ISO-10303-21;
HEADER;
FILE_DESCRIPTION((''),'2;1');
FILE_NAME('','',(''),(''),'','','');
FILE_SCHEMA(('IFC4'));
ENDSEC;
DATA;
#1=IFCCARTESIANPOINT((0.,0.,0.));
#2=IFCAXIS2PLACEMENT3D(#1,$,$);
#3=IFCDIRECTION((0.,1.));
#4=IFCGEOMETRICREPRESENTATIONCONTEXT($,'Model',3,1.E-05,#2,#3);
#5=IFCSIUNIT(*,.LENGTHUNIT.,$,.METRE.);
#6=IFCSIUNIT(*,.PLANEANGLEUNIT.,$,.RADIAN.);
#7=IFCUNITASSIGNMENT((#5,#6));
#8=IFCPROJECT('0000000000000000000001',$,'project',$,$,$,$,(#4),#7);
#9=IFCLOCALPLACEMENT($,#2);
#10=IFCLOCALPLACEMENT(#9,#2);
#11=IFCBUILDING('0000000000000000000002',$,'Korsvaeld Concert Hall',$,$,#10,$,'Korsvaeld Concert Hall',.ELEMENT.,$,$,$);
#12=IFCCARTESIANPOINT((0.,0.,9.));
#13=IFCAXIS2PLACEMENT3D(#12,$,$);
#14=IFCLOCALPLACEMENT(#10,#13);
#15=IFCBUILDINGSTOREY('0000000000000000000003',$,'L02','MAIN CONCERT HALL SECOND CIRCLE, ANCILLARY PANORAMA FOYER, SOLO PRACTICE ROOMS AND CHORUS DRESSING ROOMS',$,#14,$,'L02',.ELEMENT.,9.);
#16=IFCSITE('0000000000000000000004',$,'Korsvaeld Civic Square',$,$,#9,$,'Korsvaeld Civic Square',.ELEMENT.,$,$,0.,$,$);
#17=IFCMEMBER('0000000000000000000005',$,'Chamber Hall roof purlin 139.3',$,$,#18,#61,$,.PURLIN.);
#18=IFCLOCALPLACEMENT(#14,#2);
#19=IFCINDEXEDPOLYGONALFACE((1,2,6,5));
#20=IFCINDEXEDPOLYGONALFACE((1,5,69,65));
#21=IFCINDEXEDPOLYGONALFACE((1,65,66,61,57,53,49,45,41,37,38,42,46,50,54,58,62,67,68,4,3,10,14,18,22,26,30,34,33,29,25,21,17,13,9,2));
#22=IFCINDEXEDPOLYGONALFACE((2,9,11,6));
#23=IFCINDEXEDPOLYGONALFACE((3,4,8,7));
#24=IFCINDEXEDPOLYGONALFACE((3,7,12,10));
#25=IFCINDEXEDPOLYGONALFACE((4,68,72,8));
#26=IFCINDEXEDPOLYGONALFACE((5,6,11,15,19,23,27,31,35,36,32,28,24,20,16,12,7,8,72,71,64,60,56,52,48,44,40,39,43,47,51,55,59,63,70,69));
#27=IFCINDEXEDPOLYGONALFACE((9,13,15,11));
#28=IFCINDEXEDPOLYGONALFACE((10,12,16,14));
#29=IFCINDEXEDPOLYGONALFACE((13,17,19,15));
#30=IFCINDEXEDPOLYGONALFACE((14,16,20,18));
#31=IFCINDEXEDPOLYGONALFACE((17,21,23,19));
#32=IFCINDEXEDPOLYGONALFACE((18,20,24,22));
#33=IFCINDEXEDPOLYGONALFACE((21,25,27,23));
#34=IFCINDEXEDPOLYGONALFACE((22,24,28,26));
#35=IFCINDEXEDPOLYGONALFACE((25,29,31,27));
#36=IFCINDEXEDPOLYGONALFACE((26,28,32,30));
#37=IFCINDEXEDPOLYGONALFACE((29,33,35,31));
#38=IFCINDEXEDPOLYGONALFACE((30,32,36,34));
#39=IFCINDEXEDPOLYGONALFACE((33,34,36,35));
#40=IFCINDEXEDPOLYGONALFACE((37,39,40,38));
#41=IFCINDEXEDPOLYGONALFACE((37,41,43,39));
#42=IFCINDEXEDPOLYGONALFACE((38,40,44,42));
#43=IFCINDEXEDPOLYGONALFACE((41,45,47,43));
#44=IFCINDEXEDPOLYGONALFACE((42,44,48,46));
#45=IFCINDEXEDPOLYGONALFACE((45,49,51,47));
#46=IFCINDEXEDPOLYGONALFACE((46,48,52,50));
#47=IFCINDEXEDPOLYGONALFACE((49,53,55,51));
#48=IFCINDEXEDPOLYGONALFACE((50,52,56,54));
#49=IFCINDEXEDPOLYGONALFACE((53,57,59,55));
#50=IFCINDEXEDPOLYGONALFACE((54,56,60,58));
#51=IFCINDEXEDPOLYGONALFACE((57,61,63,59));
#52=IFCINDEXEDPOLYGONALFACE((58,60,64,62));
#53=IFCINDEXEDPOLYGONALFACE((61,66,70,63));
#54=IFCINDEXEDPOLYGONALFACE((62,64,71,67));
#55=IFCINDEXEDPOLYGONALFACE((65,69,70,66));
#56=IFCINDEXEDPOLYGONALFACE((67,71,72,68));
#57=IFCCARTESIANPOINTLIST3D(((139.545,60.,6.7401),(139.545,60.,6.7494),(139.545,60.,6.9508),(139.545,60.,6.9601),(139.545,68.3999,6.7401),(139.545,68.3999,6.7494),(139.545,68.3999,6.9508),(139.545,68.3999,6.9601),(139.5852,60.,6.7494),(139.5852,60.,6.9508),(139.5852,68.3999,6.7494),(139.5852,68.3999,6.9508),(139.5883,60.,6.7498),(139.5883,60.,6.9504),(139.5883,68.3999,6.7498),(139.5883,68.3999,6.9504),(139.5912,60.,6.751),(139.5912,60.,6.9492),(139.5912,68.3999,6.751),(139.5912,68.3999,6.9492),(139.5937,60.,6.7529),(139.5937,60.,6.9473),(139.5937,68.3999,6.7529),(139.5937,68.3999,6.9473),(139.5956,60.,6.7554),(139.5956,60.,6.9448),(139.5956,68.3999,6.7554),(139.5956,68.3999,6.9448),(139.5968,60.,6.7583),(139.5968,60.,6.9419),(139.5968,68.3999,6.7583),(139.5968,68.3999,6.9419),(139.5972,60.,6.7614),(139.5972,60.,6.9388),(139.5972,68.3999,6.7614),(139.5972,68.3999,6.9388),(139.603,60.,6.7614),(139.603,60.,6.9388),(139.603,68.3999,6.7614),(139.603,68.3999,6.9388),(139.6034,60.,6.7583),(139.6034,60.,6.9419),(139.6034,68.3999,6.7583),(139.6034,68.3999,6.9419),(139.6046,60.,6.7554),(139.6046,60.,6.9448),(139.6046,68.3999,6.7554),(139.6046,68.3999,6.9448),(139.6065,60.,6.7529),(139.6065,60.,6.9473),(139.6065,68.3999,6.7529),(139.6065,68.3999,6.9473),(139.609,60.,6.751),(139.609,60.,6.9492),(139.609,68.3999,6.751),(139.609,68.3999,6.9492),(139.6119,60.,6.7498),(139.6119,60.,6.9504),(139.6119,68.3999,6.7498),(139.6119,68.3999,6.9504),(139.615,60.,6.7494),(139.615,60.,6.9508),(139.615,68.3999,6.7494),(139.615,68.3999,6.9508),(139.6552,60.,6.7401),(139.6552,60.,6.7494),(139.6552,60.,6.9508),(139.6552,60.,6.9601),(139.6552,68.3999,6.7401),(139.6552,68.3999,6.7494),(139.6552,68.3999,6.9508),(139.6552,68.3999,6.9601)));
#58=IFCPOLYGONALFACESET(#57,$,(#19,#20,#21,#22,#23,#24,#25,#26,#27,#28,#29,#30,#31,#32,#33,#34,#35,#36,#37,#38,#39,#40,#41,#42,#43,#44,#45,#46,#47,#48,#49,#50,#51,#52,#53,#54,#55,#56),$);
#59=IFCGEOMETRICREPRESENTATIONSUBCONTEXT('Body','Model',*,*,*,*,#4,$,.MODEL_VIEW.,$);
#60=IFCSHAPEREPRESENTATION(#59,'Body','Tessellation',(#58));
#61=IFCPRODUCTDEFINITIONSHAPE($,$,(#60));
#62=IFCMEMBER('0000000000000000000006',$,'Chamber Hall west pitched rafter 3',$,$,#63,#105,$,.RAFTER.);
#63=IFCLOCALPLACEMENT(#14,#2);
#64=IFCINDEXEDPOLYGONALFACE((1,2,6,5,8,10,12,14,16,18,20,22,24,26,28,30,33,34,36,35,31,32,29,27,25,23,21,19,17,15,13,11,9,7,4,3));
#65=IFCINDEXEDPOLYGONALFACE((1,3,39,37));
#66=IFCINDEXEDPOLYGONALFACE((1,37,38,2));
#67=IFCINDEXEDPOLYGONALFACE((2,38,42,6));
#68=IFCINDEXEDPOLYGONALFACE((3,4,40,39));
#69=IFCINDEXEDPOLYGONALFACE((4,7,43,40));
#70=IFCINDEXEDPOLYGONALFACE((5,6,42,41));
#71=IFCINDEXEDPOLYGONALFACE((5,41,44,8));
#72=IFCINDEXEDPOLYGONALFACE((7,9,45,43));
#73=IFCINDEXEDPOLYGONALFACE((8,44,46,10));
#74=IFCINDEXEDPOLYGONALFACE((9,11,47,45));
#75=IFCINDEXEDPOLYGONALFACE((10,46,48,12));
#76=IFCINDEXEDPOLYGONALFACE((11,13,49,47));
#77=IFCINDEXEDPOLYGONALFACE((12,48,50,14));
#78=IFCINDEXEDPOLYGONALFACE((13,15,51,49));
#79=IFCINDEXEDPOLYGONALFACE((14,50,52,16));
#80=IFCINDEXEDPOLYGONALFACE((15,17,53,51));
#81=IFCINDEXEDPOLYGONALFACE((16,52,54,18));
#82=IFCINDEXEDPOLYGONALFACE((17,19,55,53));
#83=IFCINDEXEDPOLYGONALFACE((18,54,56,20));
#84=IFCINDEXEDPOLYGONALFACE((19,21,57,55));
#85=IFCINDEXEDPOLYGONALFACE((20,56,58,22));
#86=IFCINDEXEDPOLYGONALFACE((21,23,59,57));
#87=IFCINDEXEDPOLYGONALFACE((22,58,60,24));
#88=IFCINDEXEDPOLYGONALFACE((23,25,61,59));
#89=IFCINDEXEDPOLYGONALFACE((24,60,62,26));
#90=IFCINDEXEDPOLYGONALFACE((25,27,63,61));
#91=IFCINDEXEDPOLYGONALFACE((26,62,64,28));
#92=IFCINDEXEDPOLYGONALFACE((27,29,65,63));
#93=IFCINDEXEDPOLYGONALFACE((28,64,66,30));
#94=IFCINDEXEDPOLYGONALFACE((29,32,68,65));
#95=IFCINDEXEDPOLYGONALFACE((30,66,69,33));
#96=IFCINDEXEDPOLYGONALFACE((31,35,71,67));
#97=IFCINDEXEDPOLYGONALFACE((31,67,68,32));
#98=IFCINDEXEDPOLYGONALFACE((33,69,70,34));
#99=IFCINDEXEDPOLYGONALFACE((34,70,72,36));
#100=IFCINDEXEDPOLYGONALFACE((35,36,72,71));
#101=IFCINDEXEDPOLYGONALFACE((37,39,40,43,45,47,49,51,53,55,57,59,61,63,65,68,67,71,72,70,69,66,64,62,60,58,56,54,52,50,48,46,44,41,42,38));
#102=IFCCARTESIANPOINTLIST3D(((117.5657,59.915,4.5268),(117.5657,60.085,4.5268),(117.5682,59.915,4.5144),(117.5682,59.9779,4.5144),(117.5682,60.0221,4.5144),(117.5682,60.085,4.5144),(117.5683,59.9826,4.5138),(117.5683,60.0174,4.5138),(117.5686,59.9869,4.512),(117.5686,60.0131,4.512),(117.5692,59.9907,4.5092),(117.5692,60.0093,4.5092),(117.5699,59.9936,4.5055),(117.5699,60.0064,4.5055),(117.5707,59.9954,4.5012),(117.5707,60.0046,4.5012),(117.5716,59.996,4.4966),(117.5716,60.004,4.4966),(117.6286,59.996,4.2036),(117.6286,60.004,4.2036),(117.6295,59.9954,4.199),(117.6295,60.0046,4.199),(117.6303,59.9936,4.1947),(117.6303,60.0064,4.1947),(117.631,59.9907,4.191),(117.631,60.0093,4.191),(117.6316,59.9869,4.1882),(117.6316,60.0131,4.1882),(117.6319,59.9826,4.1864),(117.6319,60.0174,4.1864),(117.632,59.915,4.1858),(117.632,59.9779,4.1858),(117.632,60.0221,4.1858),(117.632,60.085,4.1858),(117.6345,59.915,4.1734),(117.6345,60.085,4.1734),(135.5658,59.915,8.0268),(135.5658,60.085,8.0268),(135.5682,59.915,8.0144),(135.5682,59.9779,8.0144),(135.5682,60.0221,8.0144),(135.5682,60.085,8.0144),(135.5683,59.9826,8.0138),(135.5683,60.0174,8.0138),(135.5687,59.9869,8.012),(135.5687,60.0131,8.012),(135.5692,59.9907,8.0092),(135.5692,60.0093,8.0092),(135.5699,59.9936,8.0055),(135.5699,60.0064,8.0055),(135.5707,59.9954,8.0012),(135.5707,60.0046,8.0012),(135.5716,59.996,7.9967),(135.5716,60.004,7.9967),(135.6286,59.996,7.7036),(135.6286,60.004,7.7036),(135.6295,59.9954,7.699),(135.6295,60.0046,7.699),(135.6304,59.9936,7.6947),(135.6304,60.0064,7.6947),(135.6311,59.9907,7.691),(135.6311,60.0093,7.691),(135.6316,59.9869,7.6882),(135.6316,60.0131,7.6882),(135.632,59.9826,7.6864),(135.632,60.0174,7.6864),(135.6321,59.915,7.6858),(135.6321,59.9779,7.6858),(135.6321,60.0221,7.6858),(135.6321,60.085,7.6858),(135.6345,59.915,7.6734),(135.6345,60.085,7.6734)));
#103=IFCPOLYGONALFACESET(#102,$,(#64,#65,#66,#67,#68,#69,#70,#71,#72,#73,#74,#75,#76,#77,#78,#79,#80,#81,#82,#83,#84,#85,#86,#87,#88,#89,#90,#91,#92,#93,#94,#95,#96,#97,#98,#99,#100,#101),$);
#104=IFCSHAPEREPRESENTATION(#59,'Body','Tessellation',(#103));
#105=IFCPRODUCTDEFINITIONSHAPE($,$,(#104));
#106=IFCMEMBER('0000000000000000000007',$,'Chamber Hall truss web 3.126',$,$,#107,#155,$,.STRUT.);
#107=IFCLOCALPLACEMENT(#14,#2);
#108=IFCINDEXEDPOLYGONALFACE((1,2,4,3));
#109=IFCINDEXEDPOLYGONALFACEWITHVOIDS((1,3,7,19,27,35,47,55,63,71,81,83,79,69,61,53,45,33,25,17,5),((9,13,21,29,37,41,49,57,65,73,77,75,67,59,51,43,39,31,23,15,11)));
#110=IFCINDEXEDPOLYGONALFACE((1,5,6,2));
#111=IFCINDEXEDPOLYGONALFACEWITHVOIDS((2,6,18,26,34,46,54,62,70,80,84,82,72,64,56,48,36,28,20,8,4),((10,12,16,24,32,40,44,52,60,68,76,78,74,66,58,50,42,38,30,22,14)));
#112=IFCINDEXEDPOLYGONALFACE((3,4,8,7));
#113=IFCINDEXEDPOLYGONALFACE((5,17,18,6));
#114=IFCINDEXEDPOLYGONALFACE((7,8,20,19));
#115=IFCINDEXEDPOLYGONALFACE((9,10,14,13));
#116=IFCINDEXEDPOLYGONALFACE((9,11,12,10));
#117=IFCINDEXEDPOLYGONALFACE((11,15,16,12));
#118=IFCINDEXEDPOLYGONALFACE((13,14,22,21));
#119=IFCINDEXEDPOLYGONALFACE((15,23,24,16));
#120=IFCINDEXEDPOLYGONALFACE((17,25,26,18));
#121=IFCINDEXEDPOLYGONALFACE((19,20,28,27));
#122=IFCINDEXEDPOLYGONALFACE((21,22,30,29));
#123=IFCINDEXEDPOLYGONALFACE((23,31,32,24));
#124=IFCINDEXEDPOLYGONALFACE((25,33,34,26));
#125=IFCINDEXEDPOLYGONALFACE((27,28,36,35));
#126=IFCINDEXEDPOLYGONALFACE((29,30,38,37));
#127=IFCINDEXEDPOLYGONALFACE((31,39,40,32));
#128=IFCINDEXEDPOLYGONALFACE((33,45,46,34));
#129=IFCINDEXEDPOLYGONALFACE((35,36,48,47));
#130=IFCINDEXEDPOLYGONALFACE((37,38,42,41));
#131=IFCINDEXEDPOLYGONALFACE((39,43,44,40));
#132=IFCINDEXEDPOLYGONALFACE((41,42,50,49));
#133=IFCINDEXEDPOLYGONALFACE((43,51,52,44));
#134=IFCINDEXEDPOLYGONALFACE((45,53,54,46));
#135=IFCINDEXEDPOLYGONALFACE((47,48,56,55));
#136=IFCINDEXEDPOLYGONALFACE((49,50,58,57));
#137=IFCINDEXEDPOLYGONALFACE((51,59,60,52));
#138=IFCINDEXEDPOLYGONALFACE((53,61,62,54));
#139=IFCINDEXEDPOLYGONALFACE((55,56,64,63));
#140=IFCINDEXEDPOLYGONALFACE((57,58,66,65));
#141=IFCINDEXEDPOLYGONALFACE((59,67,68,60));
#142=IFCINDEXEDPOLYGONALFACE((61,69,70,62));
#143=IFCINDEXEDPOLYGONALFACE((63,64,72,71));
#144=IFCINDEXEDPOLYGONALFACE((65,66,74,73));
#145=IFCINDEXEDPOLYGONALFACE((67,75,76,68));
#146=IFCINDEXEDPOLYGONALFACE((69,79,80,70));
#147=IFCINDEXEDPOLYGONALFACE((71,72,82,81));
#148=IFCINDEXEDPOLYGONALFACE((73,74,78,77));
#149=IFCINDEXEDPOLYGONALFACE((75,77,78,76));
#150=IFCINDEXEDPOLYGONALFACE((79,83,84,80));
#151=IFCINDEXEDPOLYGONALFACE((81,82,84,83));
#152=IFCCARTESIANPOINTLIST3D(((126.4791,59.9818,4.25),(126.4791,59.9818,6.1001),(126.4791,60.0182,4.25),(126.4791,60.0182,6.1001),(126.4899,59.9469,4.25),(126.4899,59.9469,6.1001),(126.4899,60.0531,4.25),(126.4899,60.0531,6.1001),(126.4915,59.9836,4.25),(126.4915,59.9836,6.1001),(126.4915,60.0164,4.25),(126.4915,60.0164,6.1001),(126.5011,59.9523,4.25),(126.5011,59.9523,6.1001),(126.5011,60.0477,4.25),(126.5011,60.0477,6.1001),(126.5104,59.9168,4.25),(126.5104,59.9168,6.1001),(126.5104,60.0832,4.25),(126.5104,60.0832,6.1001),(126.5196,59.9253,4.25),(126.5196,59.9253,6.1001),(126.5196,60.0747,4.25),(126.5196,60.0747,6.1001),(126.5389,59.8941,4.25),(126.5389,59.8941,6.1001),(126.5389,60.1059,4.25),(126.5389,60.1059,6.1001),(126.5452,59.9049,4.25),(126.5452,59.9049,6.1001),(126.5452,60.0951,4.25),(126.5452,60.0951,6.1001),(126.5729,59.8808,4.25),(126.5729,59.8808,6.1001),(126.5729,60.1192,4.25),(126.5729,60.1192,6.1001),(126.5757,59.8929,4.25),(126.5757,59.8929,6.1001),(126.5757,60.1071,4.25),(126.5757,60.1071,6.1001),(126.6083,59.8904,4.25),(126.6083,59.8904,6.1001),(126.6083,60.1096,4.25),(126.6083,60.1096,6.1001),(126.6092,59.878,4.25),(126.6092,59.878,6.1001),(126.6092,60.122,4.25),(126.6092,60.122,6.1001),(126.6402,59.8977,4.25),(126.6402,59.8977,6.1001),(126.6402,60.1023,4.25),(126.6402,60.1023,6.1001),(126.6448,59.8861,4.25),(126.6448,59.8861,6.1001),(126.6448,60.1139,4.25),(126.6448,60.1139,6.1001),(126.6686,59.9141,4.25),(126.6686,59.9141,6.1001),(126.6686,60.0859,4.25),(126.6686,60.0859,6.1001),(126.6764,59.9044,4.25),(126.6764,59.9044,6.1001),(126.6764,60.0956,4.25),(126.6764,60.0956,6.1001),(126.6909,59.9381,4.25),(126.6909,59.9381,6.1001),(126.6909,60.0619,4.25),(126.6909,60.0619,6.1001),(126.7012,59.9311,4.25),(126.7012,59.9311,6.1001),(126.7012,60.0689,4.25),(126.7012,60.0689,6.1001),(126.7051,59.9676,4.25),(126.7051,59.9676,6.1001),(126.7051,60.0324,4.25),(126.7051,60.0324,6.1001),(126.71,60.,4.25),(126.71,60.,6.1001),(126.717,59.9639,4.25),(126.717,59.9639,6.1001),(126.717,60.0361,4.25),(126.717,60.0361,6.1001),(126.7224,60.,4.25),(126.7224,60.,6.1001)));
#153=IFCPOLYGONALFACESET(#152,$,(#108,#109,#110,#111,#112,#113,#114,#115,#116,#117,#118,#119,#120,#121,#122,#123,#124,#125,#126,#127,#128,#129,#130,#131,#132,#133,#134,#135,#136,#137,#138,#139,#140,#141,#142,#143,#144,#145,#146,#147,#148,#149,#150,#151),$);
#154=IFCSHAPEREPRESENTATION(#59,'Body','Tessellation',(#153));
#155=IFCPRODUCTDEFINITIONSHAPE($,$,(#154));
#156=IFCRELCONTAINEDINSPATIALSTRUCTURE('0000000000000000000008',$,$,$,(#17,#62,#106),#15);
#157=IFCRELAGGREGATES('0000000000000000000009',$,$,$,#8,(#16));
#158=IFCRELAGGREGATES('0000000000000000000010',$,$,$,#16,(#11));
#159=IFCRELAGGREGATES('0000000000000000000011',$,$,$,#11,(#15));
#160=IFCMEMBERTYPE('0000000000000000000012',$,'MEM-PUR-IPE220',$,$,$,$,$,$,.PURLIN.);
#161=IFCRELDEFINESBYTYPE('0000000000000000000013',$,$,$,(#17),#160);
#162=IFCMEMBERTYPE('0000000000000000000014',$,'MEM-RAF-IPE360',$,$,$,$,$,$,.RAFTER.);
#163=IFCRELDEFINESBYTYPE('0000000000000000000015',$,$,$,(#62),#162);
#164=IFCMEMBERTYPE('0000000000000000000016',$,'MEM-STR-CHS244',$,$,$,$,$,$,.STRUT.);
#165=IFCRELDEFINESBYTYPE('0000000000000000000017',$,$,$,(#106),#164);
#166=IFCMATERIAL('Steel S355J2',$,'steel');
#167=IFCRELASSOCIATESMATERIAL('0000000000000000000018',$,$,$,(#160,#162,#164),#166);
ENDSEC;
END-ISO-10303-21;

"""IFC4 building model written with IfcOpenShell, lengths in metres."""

from ifc_helpers import new_model, si_unit, direction, frame, origin, origin_2d, place, context, subcontext, project, spatial, hollow_circle, i_section, extrude, material, material_profile, profile_set, type_object, element, save


model = new_model("IFC4")

# Units and contexts
model_context = context("Model", 3, precision=1e-05, world=origin(), true_north=direction((0.0, 1.0)))
body_context = subcontext(model_context, "Body", "Model", "MODEL_VIEW")
ifc_project = project(units=[si_unit("LENGTHUNIT", "METRE"), si_unit("PLANEANGLEUNIT", "RADIAN")], contexts=[model_context])

# Site, building, storey
site_placement = place(None, origin())
site = spatial("IfcSite", under=ifc_project, at=site_placement, Name="Korsvaeld Civic Square", LongName="Korsvaeld Civic Square", CompositionType="ELEMENT", RefElevation=0.0)
building_placement = place(site_placement, origin())
building = spatial("IfcBuilding", under=site, at=building_placement, Name="Korsvaeld Concert Hall", LongName="Korsvaeld Concert Hall", CompositionType="ELEMENT")
storey_placement = place(building_placement, frame((0.0, 0.0, 9.0)))
storey = spatial("IfcBuildingStorey", under=building, at=storey_placement, Name="L02", Description="MAIN CONCERT HALL SECOND CIRCLE, ANCILLARY PANORAMA FOYER, SOLO PRACTICE ROOMS AND CHORUS DRESSING ROOMS", LongName="L02", CompositionType="ELEMENT", Elevation=9.0)

# Members
ifc_material_1 = material(Name="Steel S355J2", Category="steel")
ifc_material_profile_1 = material_profile(ifc_material_1, i_section(OverallWidth=0.1101, OverallDepth=0.22, WebThickness=0.0059, FlangeThickness=0.0093, FilletRadius=0.012, at=origin_2d()), Name="IPE 220")
ifc_profile_set_1 = profile_set([ifc_material_profile_1], Name="Steel S355J2")
member_type_1 = type_object("IfcMemberType", Name="MEM-PUR-IPE220", PredefinedType="PURLIN", material=ifc_profile_set_1)
for number, where, z_axis, x_axis, name in (
    (1, (139.6001, 60.0, 6.8501), (0.0, 1.0, 0.0), (-1.0, 0.0, 0.0), "Chamber Hall roof purlin 139.3"),
):
    element("IfcMember", number, at=place(storey_placement, frame(where, z_axis=z_axis, x_axis=x_axis)), inside=storey, type_object=member_type_1, Name=name, PredefinedType="PURLIN", context=body_context, shape_type="SweptSolid", body=[
        extrude(i_section(OverallWidth=0.1101, OverallDepth=0.22, WebThickness=0.0059, FlangeThickness=0.0093, FilletRadius=0.012, at=origin_2d()), origin(), (0.0, 0.0, 1.0), 8.3999),
    ])
ifc_material_profile_2 = material_profile(ifc_material_1, i_section(OverallWidth=0.1699, OverallDepth=0.3601, WebThickness=0.0081, FlangeThickness=0.0127, FilletRadius=0.0181, at=origin_2d()), Name="IPE 360")
ifc_profile_set_2 = profile_set([ifc_material_profile_2], Name="Steel S355J2")
member_type_2 = type_object("IfcMemberType", Name="MEM-RAF-IPE360", PredefinedType="RAFTER", material=ifc_profile_set_2)
member_1_placement = place(storey_placement, frame((117.6001, 60.0, 4.3501), z_axis=(0.981615, 0.0, 0.19087), x_axis=(0.0, 1.0, 0.0)))
element("IfcMember", 2, at=member_1_placement, inside=storey, type_object=member_type_2, Name="Chamber Hall west pitched rafter 3", PredefinedType="RAFTER", context=body_context, shape_type="SweptSolid", body=[
    extrude(i_section(OverallWidth=0.1699, OverallDepth=0.3601, WebThickness=0.0081, FlangeThickness=0.0127, FilletRadius=0.0181, at=origin_2d()), origin(), (0.0, 0.0, 1.0), 18.3372),
])
ifc_material_profile_3 = material_profile(ifc_material_1, hollow_circle(Radius=0.1223, WallThickness=0.0125, at=origin_2d()), Name="CHS 244.5x12.5")
ifc_profile_set_3 = profile_set([ifc_material_profile_3], Name="Steel S355J2")
member_type_3 = type_object("IfcMemberType", Name="MEM-STR-CHS244", PredefinedType="STRUT", material=ifc_profile_set_3)
member_2_placement = place(storey_placement, frame((126.6001, 60.0, 4.25), z_axis=(0.0, 0.0, 1.0), x_axis=(1.0, 0.0, 0.0)))
element("IfcMember", 3, at=member_2_placement, inside=storey, type_object=member_type_3, Name="Chamber Hall truss web 3.126", PredefinedType="STRUT", context=body_context, shape_type="SweptSolid", body=[
    extrude(hollow_circle(Radius=0.1223, WallThickness=0.0125, at=origin_2d()), origin(), (0.0, 0.0, 1.0), 1.8501),
])

save(model, "model.ifc")
